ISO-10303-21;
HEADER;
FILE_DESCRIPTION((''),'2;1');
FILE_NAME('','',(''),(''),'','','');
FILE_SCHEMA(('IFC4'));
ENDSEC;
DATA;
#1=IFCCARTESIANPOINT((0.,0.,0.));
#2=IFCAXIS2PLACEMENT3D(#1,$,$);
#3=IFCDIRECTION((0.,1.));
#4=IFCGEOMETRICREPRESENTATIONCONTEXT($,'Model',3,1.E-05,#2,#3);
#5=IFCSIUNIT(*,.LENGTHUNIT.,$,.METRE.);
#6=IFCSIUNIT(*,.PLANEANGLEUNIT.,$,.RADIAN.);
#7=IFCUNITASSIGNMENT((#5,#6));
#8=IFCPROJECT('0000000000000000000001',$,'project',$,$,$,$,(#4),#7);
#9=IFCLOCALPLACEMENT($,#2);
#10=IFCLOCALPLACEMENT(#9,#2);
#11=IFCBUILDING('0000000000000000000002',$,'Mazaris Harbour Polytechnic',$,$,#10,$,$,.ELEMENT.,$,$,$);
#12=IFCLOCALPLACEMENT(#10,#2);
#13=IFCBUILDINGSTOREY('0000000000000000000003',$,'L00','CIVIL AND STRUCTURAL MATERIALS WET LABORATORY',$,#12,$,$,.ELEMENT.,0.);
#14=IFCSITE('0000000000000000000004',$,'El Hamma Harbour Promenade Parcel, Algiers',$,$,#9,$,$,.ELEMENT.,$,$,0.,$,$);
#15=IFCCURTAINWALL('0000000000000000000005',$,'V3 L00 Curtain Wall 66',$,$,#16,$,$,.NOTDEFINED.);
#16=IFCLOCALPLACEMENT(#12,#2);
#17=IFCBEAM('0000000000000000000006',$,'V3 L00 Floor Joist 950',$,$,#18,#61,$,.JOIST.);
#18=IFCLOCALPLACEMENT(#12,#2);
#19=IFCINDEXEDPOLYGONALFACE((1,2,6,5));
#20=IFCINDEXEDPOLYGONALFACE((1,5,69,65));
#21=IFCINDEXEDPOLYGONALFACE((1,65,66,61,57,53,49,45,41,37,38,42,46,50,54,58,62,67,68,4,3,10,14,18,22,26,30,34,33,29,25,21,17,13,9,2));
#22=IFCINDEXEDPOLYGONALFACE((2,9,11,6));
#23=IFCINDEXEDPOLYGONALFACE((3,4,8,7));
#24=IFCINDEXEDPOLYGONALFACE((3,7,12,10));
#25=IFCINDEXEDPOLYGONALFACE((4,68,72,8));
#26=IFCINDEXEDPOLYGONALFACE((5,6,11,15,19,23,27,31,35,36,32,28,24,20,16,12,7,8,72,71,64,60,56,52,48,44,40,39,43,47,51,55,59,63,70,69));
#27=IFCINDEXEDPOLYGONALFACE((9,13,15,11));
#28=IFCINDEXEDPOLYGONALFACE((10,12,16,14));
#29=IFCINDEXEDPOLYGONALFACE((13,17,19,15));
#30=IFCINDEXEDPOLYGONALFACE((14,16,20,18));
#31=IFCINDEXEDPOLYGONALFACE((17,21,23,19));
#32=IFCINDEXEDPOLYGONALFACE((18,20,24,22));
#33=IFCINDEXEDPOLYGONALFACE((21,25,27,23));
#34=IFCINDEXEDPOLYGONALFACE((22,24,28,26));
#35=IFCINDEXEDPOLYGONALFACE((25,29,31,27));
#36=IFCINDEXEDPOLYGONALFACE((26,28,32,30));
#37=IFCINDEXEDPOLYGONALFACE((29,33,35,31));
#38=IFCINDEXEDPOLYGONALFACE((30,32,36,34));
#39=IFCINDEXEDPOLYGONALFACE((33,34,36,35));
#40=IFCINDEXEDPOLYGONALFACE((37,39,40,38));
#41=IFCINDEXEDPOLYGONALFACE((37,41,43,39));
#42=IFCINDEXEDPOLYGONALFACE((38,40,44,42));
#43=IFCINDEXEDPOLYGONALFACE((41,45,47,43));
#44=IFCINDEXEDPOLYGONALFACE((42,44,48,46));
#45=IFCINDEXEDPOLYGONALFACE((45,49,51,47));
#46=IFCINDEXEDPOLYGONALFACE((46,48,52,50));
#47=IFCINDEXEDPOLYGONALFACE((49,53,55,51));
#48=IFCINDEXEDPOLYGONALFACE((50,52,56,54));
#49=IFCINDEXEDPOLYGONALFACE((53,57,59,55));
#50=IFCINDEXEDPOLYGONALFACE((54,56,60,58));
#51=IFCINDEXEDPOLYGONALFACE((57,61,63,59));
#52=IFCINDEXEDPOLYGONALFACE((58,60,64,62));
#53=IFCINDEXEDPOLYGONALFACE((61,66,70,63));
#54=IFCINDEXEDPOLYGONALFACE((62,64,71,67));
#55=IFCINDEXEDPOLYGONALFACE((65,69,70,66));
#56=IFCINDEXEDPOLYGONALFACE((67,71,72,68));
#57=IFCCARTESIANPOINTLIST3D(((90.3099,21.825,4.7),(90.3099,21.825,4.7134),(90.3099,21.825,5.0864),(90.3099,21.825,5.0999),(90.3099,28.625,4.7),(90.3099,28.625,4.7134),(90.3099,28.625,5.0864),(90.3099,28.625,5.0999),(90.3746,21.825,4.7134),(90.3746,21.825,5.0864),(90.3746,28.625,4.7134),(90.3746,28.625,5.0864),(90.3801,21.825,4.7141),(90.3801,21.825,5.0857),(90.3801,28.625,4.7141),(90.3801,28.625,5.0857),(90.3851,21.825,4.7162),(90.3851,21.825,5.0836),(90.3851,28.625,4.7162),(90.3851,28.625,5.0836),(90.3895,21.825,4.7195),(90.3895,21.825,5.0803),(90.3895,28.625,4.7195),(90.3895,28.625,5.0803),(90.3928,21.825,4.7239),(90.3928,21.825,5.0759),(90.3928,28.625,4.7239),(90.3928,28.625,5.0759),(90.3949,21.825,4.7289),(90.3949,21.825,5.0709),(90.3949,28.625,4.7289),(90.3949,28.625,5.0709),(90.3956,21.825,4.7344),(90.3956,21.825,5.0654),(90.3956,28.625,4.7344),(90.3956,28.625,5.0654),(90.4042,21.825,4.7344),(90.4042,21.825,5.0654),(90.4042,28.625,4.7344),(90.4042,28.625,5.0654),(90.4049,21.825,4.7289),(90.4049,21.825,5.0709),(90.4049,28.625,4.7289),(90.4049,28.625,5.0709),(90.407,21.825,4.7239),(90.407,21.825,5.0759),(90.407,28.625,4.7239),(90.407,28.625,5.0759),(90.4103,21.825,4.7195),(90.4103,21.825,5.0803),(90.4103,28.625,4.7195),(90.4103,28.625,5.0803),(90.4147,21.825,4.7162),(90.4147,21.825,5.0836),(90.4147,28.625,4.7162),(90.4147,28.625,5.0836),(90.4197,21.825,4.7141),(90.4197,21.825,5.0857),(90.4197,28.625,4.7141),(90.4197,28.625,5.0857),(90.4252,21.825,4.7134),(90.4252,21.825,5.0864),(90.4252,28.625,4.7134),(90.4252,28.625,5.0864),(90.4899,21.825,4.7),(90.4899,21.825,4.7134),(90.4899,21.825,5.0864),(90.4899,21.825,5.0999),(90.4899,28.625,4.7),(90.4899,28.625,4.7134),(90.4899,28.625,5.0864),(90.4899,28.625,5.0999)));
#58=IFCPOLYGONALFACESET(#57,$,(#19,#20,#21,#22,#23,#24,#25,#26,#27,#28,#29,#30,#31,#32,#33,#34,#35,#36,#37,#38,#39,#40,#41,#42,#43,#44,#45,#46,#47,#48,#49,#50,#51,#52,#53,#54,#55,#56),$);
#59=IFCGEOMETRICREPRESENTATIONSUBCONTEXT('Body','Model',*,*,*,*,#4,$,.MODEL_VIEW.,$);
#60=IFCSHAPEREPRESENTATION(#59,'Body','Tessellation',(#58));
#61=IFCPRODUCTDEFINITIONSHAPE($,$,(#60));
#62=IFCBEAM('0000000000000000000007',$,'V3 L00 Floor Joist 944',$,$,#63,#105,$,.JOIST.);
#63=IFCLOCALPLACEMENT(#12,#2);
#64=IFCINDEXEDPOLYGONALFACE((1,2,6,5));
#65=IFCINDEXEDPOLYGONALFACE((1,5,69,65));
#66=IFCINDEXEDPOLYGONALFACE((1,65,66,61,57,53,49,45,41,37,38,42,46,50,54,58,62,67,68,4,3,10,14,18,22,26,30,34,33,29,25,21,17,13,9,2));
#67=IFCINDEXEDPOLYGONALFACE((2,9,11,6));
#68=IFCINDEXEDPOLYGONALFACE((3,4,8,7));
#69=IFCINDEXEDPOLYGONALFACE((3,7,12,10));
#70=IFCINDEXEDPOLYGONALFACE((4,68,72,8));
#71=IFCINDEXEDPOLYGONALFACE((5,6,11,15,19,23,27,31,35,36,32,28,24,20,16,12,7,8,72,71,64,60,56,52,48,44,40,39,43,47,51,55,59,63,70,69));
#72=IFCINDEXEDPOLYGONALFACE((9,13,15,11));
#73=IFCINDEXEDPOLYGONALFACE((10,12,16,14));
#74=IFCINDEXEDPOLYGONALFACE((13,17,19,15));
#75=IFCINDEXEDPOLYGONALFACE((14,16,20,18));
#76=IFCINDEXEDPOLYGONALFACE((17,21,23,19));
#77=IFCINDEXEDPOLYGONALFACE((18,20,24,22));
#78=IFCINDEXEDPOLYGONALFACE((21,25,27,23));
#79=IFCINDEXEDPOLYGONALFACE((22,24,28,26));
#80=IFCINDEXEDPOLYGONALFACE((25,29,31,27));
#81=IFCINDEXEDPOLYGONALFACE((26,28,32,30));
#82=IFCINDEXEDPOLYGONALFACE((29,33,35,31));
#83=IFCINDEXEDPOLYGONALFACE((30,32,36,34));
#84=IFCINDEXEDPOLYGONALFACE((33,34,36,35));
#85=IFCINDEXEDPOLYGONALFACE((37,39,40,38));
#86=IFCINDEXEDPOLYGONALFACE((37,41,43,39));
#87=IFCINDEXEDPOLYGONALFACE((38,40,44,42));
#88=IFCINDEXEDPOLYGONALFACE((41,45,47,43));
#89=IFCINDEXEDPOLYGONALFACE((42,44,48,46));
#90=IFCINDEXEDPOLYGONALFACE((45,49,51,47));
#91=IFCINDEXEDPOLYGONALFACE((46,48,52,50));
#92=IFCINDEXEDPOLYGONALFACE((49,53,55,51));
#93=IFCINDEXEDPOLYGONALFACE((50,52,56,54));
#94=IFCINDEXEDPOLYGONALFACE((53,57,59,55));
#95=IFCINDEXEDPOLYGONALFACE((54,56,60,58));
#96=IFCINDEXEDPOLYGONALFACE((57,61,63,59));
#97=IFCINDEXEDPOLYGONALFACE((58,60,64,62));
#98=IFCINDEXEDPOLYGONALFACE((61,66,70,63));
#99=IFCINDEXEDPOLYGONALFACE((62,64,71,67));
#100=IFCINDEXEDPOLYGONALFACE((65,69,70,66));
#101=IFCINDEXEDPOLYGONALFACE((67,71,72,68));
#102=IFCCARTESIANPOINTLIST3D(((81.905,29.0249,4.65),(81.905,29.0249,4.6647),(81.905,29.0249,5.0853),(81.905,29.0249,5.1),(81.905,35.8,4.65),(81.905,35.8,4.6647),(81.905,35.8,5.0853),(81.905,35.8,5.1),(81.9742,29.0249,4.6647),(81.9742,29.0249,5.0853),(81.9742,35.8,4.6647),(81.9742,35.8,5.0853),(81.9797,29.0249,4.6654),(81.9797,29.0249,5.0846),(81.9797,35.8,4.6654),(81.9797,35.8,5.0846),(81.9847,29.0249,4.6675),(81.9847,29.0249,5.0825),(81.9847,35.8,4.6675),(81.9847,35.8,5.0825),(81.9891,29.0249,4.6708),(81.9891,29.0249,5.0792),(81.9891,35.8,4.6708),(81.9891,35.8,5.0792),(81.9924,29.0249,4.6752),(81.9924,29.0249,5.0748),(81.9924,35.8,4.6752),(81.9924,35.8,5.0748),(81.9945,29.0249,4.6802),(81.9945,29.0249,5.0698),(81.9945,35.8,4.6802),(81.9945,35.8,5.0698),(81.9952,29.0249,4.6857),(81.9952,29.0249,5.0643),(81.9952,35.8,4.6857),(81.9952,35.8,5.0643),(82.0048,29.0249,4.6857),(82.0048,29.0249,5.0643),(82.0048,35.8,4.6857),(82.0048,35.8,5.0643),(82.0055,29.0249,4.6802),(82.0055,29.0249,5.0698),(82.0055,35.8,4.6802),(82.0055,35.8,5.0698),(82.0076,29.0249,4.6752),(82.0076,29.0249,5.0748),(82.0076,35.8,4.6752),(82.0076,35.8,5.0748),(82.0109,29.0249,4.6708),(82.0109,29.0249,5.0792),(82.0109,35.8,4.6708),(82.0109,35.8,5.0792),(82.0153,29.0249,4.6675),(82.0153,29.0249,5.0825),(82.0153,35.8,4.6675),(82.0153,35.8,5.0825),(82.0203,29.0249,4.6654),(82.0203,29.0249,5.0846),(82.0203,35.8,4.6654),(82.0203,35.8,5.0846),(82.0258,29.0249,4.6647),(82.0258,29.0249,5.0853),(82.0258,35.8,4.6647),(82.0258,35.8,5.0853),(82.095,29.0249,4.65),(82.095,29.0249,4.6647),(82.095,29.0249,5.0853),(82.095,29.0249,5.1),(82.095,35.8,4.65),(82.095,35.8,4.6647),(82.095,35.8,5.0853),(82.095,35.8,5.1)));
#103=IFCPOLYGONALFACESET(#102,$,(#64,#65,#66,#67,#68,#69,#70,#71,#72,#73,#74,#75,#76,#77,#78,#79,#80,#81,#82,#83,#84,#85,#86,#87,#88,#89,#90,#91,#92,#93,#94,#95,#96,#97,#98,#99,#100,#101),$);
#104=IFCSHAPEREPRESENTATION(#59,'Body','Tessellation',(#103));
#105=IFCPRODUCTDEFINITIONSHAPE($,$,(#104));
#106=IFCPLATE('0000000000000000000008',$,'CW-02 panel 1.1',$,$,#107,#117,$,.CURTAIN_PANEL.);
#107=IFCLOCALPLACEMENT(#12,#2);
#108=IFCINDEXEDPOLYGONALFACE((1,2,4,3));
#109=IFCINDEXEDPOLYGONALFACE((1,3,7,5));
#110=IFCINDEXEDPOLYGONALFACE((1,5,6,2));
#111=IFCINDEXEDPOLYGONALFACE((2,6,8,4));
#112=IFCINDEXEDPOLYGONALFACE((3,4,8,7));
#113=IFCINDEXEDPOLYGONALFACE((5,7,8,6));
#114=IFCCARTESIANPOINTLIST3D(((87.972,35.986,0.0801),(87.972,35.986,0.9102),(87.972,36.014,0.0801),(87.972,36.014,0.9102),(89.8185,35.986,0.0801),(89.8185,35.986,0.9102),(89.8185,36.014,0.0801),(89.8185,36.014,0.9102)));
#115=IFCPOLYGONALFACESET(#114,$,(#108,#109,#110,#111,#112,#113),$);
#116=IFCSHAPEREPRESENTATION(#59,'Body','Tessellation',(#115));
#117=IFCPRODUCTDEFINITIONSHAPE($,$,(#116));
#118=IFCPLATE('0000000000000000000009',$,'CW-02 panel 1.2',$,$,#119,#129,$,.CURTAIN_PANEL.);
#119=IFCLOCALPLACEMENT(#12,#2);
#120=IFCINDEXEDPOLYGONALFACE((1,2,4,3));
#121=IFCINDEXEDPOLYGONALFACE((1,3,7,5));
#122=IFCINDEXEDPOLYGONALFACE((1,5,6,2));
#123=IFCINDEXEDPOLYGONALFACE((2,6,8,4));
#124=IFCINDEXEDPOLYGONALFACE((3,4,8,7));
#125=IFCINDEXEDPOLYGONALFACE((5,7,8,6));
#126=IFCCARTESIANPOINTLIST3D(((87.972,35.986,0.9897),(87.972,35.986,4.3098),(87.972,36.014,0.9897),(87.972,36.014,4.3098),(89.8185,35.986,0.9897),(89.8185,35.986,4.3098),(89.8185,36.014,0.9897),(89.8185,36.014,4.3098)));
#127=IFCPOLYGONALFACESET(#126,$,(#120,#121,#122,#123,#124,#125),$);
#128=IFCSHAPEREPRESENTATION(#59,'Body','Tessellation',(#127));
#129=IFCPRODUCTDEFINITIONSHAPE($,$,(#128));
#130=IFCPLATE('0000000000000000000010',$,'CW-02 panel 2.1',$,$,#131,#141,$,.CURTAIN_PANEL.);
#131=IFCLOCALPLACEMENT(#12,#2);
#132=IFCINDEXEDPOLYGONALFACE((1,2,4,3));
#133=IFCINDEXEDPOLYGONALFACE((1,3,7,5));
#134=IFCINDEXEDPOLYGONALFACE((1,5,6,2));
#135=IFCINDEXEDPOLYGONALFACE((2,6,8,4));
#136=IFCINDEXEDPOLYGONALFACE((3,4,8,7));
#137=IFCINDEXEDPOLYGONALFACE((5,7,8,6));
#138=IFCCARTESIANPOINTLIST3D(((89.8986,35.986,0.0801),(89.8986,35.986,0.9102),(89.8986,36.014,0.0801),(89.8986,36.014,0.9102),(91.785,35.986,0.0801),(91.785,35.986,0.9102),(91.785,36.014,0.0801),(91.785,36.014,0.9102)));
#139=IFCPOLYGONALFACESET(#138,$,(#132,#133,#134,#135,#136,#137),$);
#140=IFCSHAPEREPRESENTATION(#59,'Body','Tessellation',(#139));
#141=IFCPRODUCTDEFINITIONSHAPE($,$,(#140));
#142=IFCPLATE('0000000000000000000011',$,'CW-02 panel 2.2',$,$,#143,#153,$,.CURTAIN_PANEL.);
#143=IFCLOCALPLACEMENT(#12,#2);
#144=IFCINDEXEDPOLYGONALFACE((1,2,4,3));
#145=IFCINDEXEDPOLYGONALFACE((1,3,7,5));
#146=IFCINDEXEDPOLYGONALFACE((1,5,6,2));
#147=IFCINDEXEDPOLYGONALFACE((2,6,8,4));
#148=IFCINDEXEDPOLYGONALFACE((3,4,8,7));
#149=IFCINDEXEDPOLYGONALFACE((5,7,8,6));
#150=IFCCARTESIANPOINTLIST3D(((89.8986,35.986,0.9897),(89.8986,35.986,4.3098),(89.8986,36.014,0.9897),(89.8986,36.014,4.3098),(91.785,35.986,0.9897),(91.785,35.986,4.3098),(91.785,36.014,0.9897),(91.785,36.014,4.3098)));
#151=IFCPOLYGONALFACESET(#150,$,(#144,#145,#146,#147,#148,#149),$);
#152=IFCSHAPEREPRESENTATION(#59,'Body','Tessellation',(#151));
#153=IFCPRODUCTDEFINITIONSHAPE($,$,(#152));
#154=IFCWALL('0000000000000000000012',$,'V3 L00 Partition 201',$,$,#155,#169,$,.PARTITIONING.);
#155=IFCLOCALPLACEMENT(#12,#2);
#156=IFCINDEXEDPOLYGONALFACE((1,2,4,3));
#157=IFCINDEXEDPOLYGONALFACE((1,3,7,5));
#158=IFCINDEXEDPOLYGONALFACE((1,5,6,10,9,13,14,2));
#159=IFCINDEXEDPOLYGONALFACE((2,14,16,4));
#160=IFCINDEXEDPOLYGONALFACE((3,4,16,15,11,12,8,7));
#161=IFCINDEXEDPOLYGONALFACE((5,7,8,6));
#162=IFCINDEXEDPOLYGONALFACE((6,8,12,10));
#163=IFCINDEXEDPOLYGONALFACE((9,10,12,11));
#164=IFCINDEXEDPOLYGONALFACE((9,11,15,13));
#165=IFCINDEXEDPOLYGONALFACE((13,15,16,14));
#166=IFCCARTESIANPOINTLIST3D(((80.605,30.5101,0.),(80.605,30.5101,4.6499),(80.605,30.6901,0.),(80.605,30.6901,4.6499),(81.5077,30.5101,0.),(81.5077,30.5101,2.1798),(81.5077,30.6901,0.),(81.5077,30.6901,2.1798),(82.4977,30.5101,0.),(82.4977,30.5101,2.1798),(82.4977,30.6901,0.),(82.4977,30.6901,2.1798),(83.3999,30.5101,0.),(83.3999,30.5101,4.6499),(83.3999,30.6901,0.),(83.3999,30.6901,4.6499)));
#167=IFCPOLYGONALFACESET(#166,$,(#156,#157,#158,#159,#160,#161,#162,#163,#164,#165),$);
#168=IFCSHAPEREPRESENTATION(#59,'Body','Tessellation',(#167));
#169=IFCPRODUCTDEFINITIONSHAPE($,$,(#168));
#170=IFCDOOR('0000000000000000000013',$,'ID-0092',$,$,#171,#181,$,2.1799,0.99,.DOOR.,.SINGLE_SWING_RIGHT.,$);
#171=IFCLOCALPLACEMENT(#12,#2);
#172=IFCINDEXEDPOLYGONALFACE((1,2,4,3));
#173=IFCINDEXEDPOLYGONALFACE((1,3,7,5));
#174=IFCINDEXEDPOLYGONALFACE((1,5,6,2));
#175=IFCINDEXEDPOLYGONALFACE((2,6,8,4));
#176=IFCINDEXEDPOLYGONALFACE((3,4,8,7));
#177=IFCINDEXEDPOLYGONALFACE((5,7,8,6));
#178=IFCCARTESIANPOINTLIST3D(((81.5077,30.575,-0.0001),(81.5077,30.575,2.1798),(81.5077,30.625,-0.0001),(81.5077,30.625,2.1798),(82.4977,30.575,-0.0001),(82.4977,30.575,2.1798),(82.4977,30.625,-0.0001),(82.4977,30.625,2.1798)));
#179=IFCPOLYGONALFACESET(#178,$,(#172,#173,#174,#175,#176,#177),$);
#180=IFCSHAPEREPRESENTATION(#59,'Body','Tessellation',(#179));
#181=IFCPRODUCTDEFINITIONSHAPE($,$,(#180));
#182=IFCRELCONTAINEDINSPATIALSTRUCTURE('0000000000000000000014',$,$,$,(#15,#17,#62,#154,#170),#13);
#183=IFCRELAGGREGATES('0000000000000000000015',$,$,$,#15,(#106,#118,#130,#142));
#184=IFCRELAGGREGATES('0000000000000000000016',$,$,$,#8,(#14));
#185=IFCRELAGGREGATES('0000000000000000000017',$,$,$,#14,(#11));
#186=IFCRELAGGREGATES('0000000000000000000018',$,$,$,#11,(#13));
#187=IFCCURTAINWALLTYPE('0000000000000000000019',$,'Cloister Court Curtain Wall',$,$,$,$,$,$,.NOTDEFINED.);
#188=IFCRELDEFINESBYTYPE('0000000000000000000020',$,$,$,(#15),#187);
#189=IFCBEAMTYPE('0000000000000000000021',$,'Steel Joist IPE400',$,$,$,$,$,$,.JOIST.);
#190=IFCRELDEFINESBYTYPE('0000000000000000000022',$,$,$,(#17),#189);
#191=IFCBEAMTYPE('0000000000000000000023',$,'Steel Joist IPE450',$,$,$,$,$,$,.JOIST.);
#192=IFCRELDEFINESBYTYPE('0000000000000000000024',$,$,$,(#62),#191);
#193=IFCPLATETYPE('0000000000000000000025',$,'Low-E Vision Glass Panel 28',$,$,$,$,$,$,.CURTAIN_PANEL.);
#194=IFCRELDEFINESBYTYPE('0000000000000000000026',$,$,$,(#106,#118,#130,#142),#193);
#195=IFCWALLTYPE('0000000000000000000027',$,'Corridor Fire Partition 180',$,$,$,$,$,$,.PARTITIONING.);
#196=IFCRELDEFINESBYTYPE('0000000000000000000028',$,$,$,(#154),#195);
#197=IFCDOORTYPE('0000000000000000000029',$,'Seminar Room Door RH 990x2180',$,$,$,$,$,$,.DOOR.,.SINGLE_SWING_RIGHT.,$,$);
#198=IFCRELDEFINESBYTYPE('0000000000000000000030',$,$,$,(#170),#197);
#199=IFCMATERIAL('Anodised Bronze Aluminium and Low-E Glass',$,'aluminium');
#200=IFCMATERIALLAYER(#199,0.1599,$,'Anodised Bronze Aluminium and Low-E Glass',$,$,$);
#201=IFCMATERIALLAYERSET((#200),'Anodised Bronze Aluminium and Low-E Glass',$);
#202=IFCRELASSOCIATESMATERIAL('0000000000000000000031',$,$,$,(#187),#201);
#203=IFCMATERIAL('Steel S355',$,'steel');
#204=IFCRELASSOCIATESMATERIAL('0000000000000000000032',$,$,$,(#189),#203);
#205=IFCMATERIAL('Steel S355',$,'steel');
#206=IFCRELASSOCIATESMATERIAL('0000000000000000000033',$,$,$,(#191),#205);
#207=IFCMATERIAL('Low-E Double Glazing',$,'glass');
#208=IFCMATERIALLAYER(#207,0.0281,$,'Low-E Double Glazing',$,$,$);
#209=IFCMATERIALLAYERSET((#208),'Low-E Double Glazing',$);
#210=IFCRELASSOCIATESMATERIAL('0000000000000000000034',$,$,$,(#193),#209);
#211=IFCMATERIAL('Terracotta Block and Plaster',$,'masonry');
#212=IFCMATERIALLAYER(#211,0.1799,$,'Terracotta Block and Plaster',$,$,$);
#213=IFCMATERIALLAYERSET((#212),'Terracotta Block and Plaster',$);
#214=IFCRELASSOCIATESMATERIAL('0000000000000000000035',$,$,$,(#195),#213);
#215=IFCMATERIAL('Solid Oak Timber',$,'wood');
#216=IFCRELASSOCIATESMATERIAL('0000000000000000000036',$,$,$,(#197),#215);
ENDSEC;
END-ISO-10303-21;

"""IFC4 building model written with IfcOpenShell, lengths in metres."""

from ifc_helpers import new_model, si_unit, direction, frame, frame_2d, origin, origin_2d, place, context, subcontext, project, spatial, rectangle, i_section, extrude, material, layer, layer_set, material_profile, profile_set, type_object, element, fill, aggregate, save


model = new_model("IFC4")

# Units and contexts
model_context = context("Model", 3, precision=1e-05, world=origin(), true_north=direction((0.0, 1.0)))
body_context = subcontext(model_context, "Body", "Model", "MODEL_VIEW")
ifc_project = project(units=[si_unit("LENGTHUNIT", "METRE"), si_unit("PLANEANGLEUNIT", "RADIAN")], contexts=[model_context])

# Site, building, storey
site_placement = place(None, origin())
site = spatial("IfcSite", under=ifc_project, at=site_placement, Name="El Hamma Harbour Promenade Parcel, Algiers", CompositionType="ELEMENT", RefElevation=0.0)
building_placement = place(site_placement, origin())
building = spatial("IfcBuilding", under=site, at=building_placement, Name="Mazaris Harbour Polytechnic", CompositionType="ELEMENT")
storey_placement = place(building_placement, origin())
storey = spatial("IfcBuildingStorey", under=building, at=storey_placement, Name="L00", Description="CIVIL AND STRUCTURAL MATERIALS WET LABORATORY", CompositionType="ELEMENT", Elevation=0.0)

# Curtain wall
ifc_material_1 = material(Name="Anodised Bronze Aluminium and Low-E Glass", Category="aluminium")
ifc_layer_1 = layer(ifc_material_1, 0.1599, Name="Anodised Bronze Aluminium and Low-E Glass")
ifc_layer_set_1 = layer_set([ifc_layer_1], Name="Anodised Bronze Aluminium and Low-E Glass")
curtain_wall_type = type_object("IfcCurtainWallType", Name="Cloister Court Curtain Wall", PredefinedType="NOTDEFINED", material=ifc_layer_set_1)
curtain_wall_placement = place(storey_placement, origin())
curtain_wall = element("IfcCurtainWall", 1, at=curtain_wall_placement, inside=storey, type_object=curtain_wall_type, Name="V3 L00 Curtain Wall 66", PredefinedType="NOTDEFINED")

# Beams
ifc_material_2 = material(Name="Steel S355", Category="steel")
ifc_material_profile_1 = material_profile(ifc_material_2, i_section(OverallWidth=0.1799, OverallDepth=0.3999, WebThickness=0.0085, FlangeThickness=0.0134, FilletRadius=0.021, at=origin_2d()), Name="IPE 400")
ifc_profile_set_1 = profile_set([ifc_material_profile_1], Name="Steel S355")
beam_type_1 = type_object("IfcBeamType", Name="Steel Joist IPE400", PredefinedType="JOIST", material=ifc_profile_set_1)
beam_1_placement = place(storey_placement, frame((90.3999, 21.825, 4.8999), z_axis=(0.0, 1.0, 0.0), x_axis=(-1.0, 0.0, 0.0)))
element("IfcBeam", 2, at=beam_1_placement, inside=storey, type_object=beam_type_1, Name="V3 L00 Floor Joist 950", PredefinedType="JOIST", context=body_context, shape_type="SweptSolid", body=[
    extrude(i_section(OverallWidth=0.1799, OverallDepth=0.3999, WebThickness=0.0085, FlangeThickness=0.0134, FilletRadius=0.021, at=origin_2d()), origin(), (0.0, 0.0, 1.0), 6.8),
])
ifc_material_3 = material(Name="Steel S355", Category="steel")
ifc_material_profile_2 = material_profile(ifc_material_3, i_section(OverallWidth=0.1899, OverallDepth=0.45, WebThickness=0.0095, FlangeThickness=0.0146, FilletRadius=0.021, at=origin_2d()), Name="IPE 450")
ifc_profile_set_2 = profile_set([ifc_material_profile_2], Name="Steel S355")
beam_type_2 = type_object("IfcBeamType", Name="Steel Joist IPE450", PredefinedType="JOIST", material=ifc_profile_set_2)
beam_2_placement = place(storey_placement, frame((82.0, 29.0249, 4.875), z_axis=(0.0, 1.0, 0.0), x_axis=(-1.0, 0.0, 0.0)))
element("IfcBeam", 3, at=beam_2_placement, inside=storey, type_object=beam_type_2, Name="V3 L00 Floor Joist 944", PredefinedType="JOIST", context=body_context, shape_type="SweptSolid", body=[
    extrude(i_section(OverallWidth=0.1899, OverallDepth=0.45, WebThickness=0.0095, FlangeThickness=0.0146, FilletRadius=0.021, at=origin_2d()), origin(), (0.0, 0.0, 1.0), 6.7751),
])

# Plates
ifc_material_4 = material(Name="Low-E Double Glazing", Category="glass")
ifc_layer_2 = layer(ifc_material_4, 0.0281, Name="Low-E Double Glazing")
ifc_layer_set_2 = layer_set([ifc_layer_2], Name="Low-E Double Glazing")
plate_type = type_object("IfcPlateType", Name="Low-E Vision Glass Panel 28", PredefinedType="CURTAIN_PANEL", material=ifc_layer_set_2)
plate_1_placement = place(storey_placement, frame((88.8953, 36.0, 0.0801), z_axis=(0.0, 0.0, 1.0), x_axis=(1.0, 0.0, 0.0)))
plate_1 = element("IfcPlate", 4, at=plate_1_placement, type_object=plate_type, Name="CW-02 panel 1.1", PredefinedType="CURTAIN_PANEL", context=body_context, shape_type="SweptSolid", body=[
    extrude(rectangle(XDim=1.8464, YDim=0.0281, at=origin_2d()), origin(), (0.0, 0.0, 1.0), 0.8301),
])
plate_2_placement = place(storey_placement, frame((88.8953, 36.0, 0.9897), z_axis=(0.0, 0.0, 1.0), x_axis=(1.0, 0.0, 0.0)))
plate_2 = element("IfcPlate", 5, at=plate_2_placement, type_object=plate_type, Name="CW-02 panel 1.2", PredefinedType="CURTAIN_PANEL", context=body_context, shape_type="SweptSolid", body=[
    extrude(rectangle(XDim=1.8464, YDim=0.0281, at=origin_2d()), origin(), (0.0, 0.0, 1.0), 3.3201),
])
plate_3_placement = place(storey_placement, frame((90.8418, 36.0, 0.0801), z_axis=(0.0, 0.0, 1.0), x_axis=(1.0, 0.0, 0.0)))
plate_3 = element("IfcPlate", 6, at=plate_3_placement, type_object=plate_type, Name="CW-02 panel 2.1", PredefinedType="CURTAIN_PANEL", context=body_context, shape_type="SweptSolid", body=[
    extrude(rectangle(XDim=1.8865, YDim=0.0281, at=origin_2d()), origin(), (0.0, 0.0, 1.0), 0.8301),
])
plate_4_placement = place(storey_placement, frame((90.8418, 36.0, 0.9897), z_axis=(0.0, 0.0, 1.0), x_axis=(1.0, 0.0, 0.0)))
plate_4 = element("IfcPlate", 7, at=plate_4_placement, type_object=plate_type, Name="CW-02 panel 2.2", PredefinedType="CURTAIN_PANEL", context=body_context, shape_type="SweptSolid", body=[
    extrude(rectangle(XDim=1.8865, YDim=0.0281, at=origin_2d()), origin(), (0.0, 0.0, 1.0), 3.3201),
])
aggregate(curtain_wall, [plate_1, plate_2, plate_3, plate_4])

# Wall, opening, door
ifc_material_5 = material(Name="Terracotta Block and Plaster", Category="masonry")
ifc_layer_3 = layer(ifc_material_5, 0.1799, Name="Terracotta Block and Plaster")
ifc_layer_set_3 = layer_set([ifc_layer_3], Name="Terracotta Block and Plaster")
wall_type_1 = type_object("IfcWallType", Name="Corridor Fire Partition 180", PredefinedType="PARTITIONING", material=ifc_layer_set_3)
wall_1_placement = place(storey_placement, frame((80.605, 30.6001, 0.0), z_axis=(0.0, 0.0, 1.0), x_axis=(1.0, 0.0, 0.0)))
wall_1 = element("IfcWall", 8, at=wall_1_placement, inside=storey, type_object=wall_type_1, Name="V3 L00 Partition 201", PredefinedType="PARTITIONING", context=body_context, shape_type="SweptSolid", body=[
    extrude(rectangle(XDim=2.7949, YDim=0.1799, at=frame_2d((1.3975, 0.0))), origin(), (0.0, 0.0, 1.0), 4.6499),
])
opening_1_placement = place(wall_1_placement, frame((0.9026, 0.0, 0.0)))
opening_1 = element("IfcOpeningElement", 9, at=opening_1_placement, cuts=wall_1, PredefinedType="OPENING", context=body_context, shape_type="SweptSolid", body=[
    extrude(rectangle(XDim=0.99, YDim=2.1799, at=frame_2d((0.4951, 1.0898))), frame((0.0, 0.0999, 0.0), z_axis=(0.0, -1.0, 0.0), x_axis=(1.0, 0.0, 0.0)), (0.0, 0.0, 1.0), 0.2),
])
ifc_material_6 = material(Name="Solid Oak Timber", Category="wood")
door_type_1 = type_object("IfcDoorType", Name="Seminar Room Door RH 990x2180", OperationType="SINGLE_SWING_RIGHT", PredefinedType="DOOR", material=ifc_material_6)
door_1_placement = place(opening_1_placement, origin())
door_1 = element("IfcDoor", 10, at=door_1_placement, inside=storey, type_object=door_type_1, Name="ID-0092", OperationType="SINGLE_SWING_RIGHT", OverallHeight=2.1799, OverallWidth=0.99, PredefinedType="DOOR", context=body_context, shape_type="SweptSolid", body=[
    extrude(rectangle(XDim=0.99, YDim=2.1799, at=frame_2d((0.4951, 1.0898))), frame((0.0, 0.0249, 0.0), z_axis=(0.0, -1.0, 0.0), x_axis=(1.0, 0.0, 0.0)), (0.0, 0.0, 1.0), 0.05),
])
fill(opening_1, door_1)

save(model, "model.ifc")
